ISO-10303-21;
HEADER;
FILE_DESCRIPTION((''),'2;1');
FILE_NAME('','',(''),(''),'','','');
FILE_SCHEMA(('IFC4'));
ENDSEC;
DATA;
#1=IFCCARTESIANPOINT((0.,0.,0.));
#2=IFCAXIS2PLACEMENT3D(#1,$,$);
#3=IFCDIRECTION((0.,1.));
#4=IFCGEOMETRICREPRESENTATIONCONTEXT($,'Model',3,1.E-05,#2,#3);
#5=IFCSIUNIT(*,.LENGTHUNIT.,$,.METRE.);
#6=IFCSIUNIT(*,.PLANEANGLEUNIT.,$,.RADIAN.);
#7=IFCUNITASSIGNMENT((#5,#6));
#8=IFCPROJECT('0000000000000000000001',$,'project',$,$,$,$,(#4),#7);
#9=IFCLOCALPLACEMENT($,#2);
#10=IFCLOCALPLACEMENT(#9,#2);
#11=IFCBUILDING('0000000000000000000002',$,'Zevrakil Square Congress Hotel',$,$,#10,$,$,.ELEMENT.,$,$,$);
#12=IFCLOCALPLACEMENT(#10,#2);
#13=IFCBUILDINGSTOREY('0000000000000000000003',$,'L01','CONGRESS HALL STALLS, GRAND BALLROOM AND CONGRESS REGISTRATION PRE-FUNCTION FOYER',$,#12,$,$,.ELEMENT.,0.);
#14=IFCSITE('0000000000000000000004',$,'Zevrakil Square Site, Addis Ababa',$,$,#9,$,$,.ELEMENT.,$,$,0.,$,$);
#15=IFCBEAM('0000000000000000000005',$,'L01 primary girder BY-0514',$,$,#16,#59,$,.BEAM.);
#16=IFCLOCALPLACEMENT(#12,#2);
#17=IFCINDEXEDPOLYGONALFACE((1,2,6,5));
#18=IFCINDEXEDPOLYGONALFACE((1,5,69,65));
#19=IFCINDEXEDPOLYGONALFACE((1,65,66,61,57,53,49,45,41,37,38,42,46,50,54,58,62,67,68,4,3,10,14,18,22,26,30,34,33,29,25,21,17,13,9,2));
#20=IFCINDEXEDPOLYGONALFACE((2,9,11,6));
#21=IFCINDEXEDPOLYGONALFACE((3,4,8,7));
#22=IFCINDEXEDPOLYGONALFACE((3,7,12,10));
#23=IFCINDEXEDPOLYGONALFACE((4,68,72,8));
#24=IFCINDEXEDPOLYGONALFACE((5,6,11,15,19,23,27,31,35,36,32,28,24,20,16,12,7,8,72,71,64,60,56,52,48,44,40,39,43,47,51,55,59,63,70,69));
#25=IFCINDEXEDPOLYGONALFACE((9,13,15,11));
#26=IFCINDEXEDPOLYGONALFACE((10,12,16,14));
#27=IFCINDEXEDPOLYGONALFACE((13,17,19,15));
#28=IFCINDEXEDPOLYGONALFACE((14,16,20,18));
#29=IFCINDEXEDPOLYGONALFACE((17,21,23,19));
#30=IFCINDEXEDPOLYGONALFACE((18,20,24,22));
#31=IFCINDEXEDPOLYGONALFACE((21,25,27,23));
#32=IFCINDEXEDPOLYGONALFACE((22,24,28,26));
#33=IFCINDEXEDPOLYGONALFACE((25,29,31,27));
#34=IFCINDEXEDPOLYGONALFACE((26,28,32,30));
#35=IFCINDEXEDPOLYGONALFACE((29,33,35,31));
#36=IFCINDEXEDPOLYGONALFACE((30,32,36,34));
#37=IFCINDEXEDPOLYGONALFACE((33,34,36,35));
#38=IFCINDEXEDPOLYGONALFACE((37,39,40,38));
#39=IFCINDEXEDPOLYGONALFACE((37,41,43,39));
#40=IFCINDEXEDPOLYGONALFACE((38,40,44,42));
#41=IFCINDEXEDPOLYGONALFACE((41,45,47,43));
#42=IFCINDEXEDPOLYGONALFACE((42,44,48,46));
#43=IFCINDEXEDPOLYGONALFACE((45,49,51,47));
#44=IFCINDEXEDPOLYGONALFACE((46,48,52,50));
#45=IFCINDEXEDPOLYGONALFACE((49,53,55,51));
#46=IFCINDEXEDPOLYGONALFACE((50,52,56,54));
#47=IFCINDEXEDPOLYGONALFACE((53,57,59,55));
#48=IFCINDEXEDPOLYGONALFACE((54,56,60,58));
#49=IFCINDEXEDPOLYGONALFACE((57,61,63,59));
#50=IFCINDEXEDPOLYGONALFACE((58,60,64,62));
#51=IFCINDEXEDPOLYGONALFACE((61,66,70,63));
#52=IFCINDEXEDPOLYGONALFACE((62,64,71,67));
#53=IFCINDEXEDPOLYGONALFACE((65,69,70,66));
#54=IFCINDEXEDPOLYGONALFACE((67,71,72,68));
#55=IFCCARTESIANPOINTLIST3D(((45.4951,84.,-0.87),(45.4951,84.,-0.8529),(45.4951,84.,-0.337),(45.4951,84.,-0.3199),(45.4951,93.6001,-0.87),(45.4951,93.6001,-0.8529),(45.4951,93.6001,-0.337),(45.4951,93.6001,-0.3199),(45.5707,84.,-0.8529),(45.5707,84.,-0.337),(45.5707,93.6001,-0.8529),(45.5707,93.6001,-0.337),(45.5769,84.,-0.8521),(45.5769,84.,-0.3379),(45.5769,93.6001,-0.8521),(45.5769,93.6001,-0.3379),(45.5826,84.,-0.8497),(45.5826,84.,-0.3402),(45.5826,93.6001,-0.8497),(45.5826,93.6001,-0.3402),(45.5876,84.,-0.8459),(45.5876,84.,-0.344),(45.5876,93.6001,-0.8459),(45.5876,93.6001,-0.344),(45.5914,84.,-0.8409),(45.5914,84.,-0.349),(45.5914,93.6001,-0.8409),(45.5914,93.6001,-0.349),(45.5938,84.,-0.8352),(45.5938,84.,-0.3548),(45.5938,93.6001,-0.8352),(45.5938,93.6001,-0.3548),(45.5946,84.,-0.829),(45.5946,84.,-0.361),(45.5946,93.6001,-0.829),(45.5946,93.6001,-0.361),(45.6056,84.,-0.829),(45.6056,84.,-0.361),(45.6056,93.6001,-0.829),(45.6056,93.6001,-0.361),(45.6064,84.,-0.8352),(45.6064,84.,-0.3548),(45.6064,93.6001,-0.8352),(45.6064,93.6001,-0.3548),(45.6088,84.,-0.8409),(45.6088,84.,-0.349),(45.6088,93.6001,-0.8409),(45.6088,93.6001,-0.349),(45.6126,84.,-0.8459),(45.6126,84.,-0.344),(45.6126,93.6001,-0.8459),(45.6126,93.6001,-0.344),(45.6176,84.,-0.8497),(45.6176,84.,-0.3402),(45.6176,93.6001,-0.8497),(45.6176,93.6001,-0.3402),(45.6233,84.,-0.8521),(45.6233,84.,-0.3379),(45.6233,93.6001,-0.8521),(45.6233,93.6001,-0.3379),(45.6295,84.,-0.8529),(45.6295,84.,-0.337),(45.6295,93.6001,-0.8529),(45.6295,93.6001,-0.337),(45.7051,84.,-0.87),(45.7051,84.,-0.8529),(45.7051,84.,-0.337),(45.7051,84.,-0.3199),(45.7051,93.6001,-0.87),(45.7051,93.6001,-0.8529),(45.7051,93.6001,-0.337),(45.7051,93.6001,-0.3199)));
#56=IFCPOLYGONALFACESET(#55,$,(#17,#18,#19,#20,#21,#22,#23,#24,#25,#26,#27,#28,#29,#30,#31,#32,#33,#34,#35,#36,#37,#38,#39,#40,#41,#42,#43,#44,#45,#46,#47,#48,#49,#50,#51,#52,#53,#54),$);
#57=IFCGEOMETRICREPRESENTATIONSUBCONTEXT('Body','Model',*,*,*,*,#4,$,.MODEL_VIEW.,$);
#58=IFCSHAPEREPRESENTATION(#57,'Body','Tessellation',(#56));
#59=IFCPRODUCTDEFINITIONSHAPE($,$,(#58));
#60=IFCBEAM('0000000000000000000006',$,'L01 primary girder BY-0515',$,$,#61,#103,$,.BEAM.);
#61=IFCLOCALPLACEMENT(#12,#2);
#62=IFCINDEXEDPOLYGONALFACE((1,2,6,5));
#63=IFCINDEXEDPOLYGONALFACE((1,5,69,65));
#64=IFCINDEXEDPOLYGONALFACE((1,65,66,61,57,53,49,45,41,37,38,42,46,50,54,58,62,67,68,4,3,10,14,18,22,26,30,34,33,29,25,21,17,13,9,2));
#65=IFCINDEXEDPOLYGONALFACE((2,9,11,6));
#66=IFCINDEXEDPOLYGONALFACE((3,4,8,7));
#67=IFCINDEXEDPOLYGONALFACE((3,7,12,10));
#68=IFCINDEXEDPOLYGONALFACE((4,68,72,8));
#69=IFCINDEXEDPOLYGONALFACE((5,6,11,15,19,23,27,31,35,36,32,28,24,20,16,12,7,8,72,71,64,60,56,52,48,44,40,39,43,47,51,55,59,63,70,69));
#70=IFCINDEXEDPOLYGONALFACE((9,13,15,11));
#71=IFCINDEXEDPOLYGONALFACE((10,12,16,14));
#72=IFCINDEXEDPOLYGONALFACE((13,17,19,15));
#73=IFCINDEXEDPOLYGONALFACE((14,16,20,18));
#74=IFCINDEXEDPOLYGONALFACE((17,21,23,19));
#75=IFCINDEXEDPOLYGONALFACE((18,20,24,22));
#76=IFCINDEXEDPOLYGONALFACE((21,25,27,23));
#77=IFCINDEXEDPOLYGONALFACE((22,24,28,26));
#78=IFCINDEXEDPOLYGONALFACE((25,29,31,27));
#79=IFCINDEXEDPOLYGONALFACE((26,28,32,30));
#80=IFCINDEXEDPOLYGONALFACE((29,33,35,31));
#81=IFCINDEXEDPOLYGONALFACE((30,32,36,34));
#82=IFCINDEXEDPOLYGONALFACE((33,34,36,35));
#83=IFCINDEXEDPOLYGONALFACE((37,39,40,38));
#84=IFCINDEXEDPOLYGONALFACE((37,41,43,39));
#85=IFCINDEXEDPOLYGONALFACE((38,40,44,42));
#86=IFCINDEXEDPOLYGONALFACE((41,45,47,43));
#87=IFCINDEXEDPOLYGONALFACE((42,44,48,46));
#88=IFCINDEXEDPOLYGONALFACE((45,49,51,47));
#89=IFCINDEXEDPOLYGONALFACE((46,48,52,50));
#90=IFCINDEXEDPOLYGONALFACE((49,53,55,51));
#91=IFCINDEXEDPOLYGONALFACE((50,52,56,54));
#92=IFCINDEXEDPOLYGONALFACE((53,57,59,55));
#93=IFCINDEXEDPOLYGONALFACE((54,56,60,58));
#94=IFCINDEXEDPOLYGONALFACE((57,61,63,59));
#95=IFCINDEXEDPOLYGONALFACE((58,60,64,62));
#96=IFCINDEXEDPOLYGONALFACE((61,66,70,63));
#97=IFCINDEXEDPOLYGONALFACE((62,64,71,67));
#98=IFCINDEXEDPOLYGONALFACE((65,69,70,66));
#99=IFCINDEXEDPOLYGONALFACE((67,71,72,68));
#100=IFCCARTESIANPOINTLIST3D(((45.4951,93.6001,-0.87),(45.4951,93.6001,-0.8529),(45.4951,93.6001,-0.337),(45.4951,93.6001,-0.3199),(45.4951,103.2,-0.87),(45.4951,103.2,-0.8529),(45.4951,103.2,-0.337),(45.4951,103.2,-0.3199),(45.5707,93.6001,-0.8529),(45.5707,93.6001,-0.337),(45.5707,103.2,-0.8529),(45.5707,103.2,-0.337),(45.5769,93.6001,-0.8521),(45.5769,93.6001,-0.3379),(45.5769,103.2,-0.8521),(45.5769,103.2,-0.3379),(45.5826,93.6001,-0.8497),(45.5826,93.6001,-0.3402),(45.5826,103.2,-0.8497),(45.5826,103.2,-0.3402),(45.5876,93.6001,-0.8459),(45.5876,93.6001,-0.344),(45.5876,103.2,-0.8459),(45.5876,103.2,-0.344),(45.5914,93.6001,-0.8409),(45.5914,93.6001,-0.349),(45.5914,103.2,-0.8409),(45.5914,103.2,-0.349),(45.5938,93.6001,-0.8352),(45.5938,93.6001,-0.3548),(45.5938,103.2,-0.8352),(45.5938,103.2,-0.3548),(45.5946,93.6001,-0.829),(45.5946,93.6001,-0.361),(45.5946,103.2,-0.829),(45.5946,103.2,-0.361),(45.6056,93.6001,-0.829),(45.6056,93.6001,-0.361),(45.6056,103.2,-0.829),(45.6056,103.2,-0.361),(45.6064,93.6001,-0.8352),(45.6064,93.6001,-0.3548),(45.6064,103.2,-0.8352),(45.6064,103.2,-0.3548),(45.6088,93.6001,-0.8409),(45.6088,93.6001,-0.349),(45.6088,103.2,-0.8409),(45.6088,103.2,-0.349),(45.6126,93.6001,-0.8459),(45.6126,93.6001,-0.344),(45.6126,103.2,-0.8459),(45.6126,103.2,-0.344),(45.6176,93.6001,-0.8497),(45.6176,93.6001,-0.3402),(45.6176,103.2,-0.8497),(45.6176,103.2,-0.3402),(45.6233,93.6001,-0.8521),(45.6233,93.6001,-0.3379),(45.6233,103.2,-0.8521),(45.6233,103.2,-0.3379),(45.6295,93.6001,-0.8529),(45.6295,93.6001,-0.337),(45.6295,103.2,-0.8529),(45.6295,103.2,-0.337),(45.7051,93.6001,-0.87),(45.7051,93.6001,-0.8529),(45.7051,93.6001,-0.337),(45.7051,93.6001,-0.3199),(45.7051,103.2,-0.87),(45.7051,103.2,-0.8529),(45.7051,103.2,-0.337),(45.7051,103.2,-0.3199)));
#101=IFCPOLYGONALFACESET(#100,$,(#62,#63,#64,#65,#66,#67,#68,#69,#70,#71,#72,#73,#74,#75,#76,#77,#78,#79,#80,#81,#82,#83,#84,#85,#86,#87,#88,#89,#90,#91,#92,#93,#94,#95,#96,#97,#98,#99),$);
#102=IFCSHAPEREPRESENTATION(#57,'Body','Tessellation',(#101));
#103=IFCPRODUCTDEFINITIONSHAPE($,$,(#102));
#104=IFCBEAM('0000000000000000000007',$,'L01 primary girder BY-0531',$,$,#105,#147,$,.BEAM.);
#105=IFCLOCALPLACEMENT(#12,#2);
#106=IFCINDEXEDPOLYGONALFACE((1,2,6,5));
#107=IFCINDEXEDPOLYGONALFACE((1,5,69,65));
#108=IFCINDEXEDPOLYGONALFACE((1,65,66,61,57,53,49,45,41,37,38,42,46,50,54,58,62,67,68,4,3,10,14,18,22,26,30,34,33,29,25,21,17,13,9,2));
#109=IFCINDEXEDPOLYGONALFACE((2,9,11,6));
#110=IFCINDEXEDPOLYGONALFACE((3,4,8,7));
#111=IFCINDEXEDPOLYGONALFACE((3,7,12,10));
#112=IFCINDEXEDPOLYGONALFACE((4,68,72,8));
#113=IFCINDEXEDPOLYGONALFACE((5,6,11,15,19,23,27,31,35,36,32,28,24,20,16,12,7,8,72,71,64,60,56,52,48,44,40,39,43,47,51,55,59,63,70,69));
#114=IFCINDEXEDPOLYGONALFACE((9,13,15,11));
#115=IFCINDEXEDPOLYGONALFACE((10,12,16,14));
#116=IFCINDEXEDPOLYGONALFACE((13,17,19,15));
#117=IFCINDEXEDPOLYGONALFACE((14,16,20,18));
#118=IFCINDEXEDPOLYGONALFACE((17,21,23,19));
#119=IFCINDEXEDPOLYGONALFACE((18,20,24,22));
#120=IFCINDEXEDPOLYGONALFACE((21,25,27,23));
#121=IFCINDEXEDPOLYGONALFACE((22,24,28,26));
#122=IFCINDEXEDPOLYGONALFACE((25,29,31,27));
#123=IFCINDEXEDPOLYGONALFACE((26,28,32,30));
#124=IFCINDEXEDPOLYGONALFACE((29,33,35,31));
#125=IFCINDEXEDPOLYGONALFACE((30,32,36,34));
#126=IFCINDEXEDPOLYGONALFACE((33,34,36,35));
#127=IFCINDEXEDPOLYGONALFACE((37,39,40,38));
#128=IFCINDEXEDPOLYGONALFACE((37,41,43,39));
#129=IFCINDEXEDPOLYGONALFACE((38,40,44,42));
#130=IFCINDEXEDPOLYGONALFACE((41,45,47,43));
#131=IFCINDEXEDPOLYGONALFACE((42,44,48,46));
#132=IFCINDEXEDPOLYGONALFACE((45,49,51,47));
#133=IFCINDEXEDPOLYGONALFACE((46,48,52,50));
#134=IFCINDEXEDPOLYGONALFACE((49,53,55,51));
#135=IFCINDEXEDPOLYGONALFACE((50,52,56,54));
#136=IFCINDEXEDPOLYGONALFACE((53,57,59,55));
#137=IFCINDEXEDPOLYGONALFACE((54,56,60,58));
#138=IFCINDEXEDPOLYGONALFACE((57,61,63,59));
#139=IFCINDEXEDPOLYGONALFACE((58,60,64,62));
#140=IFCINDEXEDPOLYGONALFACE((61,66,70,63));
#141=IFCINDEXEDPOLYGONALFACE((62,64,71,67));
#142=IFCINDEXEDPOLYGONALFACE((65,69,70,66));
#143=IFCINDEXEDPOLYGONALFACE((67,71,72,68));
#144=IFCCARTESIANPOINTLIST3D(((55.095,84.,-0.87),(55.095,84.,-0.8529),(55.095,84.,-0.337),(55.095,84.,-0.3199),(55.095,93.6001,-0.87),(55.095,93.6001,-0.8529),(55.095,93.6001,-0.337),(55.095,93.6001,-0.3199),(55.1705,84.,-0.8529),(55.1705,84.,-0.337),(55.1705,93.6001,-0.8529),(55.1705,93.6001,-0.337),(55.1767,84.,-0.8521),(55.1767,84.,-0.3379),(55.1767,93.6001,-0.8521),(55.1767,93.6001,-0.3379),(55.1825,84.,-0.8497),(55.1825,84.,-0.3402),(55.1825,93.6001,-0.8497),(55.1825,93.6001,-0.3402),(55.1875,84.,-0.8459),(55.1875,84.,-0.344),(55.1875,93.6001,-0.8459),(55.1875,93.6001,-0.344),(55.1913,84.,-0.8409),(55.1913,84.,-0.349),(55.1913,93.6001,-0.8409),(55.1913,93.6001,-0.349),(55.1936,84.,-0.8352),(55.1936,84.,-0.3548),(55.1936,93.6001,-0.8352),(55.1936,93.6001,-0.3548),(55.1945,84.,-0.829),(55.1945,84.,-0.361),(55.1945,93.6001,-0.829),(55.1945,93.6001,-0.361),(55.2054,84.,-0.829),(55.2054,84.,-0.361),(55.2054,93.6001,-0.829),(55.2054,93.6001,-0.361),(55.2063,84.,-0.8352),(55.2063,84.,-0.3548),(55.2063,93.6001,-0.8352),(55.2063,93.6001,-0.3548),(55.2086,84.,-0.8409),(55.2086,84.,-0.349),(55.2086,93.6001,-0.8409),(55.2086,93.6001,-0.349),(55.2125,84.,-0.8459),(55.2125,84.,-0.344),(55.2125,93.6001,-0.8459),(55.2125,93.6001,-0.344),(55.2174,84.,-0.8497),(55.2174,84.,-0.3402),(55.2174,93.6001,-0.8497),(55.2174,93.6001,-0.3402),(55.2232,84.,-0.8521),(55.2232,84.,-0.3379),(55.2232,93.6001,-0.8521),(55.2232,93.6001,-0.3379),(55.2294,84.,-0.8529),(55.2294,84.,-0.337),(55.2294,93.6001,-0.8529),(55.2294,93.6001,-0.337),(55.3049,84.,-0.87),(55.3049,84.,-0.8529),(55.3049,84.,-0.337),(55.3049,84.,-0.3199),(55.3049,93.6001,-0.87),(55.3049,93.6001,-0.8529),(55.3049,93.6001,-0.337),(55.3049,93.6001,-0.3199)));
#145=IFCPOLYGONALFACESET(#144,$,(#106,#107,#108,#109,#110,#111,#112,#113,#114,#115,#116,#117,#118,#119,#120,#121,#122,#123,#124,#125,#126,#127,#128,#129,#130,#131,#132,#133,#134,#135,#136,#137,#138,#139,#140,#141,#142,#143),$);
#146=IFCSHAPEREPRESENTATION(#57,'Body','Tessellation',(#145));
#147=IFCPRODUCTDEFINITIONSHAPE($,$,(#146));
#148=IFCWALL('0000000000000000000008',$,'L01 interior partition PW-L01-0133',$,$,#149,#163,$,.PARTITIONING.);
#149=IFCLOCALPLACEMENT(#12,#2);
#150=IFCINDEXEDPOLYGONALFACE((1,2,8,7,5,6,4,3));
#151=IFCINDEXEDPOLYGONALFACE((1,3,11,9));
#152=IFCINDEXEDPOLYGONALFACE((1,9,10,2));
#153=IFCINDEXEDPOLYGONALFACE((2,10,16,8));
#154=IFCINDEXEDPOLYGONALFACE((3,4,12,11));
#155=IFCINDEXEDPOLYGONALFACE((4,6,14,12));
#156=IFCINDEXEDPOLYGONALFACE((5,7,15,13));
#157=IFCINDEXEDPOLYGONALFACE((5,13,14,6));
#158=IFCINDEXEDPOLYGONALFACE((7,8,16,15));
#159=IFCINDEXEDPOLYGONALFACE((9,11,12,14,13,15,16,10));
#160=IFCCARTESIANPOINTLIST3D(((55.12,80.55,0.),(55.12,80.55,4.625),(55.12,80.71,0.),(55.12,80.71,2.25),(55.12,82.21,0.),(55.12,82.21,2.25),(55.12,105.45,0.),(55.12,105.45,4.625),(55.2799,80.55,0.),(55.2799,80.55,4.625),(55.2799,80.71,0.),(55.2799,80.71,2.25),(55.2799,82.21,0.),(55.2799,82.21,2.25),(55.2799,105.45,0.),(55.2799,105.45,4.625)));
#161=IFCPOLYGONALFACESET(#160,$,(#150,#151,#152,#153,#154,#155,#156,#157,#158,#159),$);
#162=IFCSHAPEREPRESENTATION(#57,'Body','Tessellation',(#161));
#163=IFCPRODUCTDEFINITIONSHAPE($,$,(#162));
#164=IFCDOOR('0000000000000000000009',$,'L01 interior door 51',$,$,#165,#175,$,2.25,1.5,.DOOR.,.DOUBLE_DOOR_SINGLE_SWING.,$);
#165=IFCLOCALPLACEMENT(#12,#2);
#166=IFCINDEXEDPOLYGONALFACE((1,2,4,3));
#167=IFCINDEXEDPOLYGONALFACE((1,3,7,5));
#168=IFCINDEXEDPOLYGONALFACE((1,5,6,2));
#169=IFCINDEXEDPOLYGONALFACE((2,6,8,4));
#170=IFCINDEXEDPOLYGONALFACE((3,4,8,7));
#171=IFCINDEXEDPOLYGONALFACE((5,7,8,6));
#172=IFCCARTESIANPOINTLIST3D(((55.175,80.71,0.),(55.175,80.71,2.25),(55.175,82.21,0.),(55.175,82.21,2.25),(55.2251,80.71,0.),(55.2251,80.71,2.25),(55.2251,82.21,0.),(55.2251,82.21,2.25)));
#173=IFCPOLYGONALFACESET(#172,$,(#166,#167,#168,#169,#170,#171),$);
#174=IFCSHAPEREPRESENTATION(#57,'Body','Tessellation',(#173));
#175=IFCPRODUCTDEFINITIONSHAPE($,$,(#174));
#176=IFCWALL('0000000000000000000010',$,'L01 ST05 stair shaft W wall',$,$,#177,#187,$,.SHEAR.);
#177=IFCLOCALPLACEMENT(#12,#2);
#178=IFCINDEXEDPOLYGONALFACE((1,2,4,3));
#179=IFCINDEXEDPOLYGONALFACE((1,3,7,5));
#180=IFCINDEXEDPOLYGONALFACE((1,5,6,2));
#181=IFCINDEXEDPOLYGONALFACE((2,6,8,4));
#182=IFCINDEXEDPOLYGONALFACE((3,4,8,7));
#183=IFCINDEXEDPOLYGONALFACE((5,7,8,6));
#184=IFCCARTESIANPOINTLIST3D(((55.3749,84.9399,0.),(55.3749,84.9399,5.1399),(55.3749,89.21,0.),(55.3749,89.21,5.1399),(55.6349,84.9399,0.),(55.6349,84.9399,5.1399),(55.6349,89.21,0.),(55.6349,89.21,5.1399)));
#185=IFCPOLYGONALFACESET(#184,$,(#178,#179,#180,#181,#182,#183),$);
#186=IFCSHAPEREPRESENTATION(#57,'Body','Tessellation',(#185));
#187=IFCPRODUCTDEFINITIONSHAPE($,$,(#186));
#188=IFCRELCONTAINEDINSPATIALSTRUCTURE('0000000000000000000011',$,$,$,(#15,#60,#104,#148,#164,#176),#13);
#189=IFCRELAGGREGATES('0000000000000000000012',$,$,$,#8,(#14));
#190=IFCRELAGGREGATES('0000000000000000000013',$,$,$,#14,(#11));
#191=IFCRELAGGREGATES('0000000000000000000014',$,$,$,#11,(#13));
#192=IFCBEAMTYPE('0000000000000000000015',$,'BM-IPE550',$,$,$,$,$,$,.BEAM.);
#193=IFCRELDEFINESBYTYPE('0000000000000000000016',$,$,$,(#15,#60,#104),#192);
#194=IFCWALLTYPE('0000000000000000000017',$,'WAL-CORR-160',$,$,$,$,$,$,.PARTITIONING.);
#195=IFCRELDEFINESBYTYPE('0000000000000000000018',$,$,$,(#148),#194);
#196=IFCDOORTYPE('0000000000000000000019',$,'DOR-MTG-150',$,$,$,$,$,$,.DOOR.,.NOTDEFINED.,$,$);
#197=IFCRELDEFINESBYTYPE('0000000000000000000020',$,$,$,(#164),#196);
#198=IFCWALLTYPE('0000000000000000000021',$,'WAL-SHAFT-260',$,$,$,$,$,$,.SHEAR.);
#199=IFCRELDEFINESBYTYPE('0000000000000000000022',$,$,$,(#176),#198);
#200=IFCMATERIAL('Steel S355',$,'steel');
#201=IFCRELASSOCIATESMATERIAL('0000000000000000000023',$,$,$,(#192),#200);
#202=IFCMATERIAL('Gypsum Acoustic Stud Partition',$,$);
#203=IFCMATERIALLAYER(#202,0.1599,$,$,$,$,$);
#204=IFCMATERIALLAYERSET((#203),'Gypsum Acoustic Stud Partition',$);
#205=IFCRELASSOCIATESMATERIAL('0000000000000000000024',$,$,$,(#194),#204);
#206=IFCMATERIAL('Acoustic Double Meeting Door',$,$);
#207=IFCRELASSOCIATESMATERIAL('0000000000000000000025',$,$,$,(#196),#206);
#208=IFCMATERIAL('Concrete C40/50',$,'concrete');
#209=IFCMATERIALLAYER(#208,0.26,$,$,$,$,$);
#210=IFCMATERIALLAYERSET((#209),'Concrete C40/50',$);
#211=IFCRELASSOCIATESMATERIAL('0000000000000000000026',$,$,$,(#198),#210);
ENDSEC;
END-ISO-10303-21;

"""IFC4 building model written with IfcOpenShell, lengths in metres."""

from ifc_helpers import new_model, si_unit, direction, frame, frame_2d, origin, origin_2d, place, context, subcontext, project, spatial, rectangle, i_section, extrude, material, layer, layer_set, material_profile, profile_set, type_object, element, fill, save


model = new_model("IFC4")

# Units and contexts
model_context = context("Model", 3, precision=1e-05, world=origin(), true_north=direction((0.0, 1.0)))
body_context = subcontext(model_context, "Body", "Model", "MODEL_VIEW")
ifc_project = project(units=[si_unit("LENGTHUNIT", "METRE"), si_unit("PLANEANGLEUNIT", "RADIAN")], contexts=[model_context])

# Site, building, storey
site_placement = place(None, origin())
site = spatial("IfcSite", under=ifc_project, at=site_placement, Name="Zevrakil Square Site, Addis Ababa", CompositionType="ELEMENT", RefElevation=0.0)
building_placement = place(site_placement, origin())
building = spatial("IfcBuilding", under=site, at=building_placement, Name="Zevrakil Square Congress Hotel", CompositionType="ELEMENT")
storey_placement = place(building_placement, origin())
storey = spatial("IfcBuildingStorey", under=building, at=storey_placement, Name="L01", Description="CONGRESS HALL STALLS, GRAND BALLROOM AND CONGRESS REGISTRATION PRE-FUNCTION FOYER", CompositionType="ELEMENT", Elevation=0.0)

# Beams
ifc_material_1 = material(Name="Steel S355", Category="steel")
ifc_material_profile_1 = material_profile(ifc_material_1, i_section(OverallWidth=0.21, OverallDepth=0.55, WebThickness=0.011, FlangeThickness=0.0171, FilletRadius=0.0239, at=origin_2d()), Name="IPE 550")
ifc_profile_set_1 = profile_set([ifc_material_profile_1], Name="Steel S355")
beam_type_1 = type_object("IfcBeamType", Name="BM-IPE550", PredefinedType="BEAM", material=ifc_profile_set_1)
beam_1_placement = place(storey_placement, frame((45.6001, 84.0, -0.595), z_axis=(0.0, 1.0, 0.0), x_axis=(-1.0, 0.0, 0.0)))
element("IfcBeam", 1, at=beam_1_placement, inside=storey, type_object=beam_type_1, Name="L01 primary girder BY-0514", PredefinedType="BEAM", context=body_context, shape_type="SweptSolid", body=[
    extrude(i_section(OverallWidth=0.21, OverallDepth=0.55, WebThickness=0.011, FlangeThickness=0.0171, FilletRadius=0.0239, at=origin_2d()), origin(), (0.0, 0.0, 1.0), 9.6001),
])
beam_2_placement = place(storey_placement, frame((45.6001, 93.6001, -0.595), z_axis=(0.0, 1.0, 0.0), x_axis=(-1.0, 0.0, 0.0)))
element("IfcBeam", 2, at=beam_2_placement, inside=storey, type_object=beam_type_1, Name="L01 primary girder BY-0515", PredefinedType="BEAM", context=body_context, shape_type="SweptSolid", body=[
    extrude(i_section(OverallWidth=0.21, OverallDepth=0.55, WebThickness=0.011, FlangeThickness=0.0171, FilletRadius=0.0239, at=origin_2d()), origin(), (0.0, 0.0, 1.0), 9.5999),
])
beam_3_placement = place(storey_placement, frame((55.2, 84.0, -0.595), z_axis=(0.0, 1.0, 0.0), x_axis=(-1.0, 0.0, 0.0)))
element("IfcBeam", 3, at=beam_3_placement, inside=storey, type_object=beam_type_1, Name="L01 primary girder BY-0531", PredefinedType="BEAM", context=body_context, shape_type="SweptSolid", body=[
    extrude(i_section(OverallWidth=0.21, OverallDepth=0.55, WebThickness=0.011, FlangeThickness=0.0171, FilletRadius=0.0239, at=origin_2d()), origin(), (0.0, 0.0, 1.0), 9.6001),
])

# Wall, opening, door
ifc_material_2 = material(Name="Gypsum Acoustic Stud Partition")
ifc_layer_1 = layer(ifc_material_2, 0.1599)
ifc_layer_set_1 = layer_set([ifc_layer_1], Name="Gypsum Acoustic Stud Partition")
wall_type_1 = type_object("IfcWallType", Name="WAL-CORR-160", PredefinedType="PARTITIONING", material=ifc_layer_set_1)
wall_1_placement = place(storey_placement, frame((55.2, 80.55, 0.0), z_axis=(0.0, 0.0, 1.0), x_axis=(0.0, 1.0, 0.0)))
wall_1 = element("IfcWall", 4, at=wall_1_placement, inside=storey, type_object=wall_type_1, Name="L01 interior partition PW-L01-0133", PredefinedType="PARTITIONING", context=body_context, shape_type="SweptSolid", body=[
    extrude(rectangle(XDim=24.8999, YDim=0.1599, at=frame_2d((12.45, 0.0))), origin(), (0.0, 0.0, 1.0), 4.625),
])
opening_1_placement = place(wall_1_placement, frame((0.1599, 0.0, 0.0)))
opening_1 = element("IfcOpeningElement", 5, at=opening_1_placement, cuts=wall_1, PredefinedType="OPENING", context=body_context, shape_type="SweptSolid", body=[
    extrude(rectangle(XDim=1.5, YDim=2.25, at=frame_2d((0.75, 1.125))), frame((0.0, 0.0898, 0.0), z_axis=(0.0, -1.0, 0.0), x_axis=(1.0, 0.0, 0.0)), (0.0, 0.0, 1.0), 0.1799),
])
ifc_material_3 = material(Name="Acoustic Double Meeting Door")
door_type_1 = type_object("IfcDoorType", Name="DOR-MTG-150", OperationType="NOTDEFINED", PredefinedType="DOOR", material=ifc_material_3)
door_1_placement = place(opening_1_placement, origin())
door_1 = element("IfcDoor", 6, at=door_1_placement, inside=storey, type_object=door_type_1, Name="L01 interior door 51", OperationType="DOUBLE_DOOR_SINGLE_SWING", OverallHeight=2.25, OverallWidth=1.5, PredefinedType="DOOR", context=body_context, shape_type="SweptSolid", body=[
    extrude(rectangle(XDim=1.5, YDim=2.25, at=frame_2d((0.75, 1.125))), frame((0.0, 0.0249, 0.0), z_axis=(0.0, -1.0, 0.0), x_axis=(1.0, 0.0, 0.0)), (0.0, 0.0, 1.0), 0.05),
])
fill(opening_1, door_1)

# Wall
ifc_material_4 = material(Name="Concrete C40/50", Category="concrete")
ifc_layer_2 = layer(ifc_material_4, 0.26)
ifc_layer_set_2 = layer_set([ifc_layer_2], Name="Concrete C40/50")
wall_type_2 = type_object("IfcWallType", Name="WAL-SHAFT-260", PredefinedType="SHEAR", material=ifc_layer_set_2)
wall_2_placement = place(storey_placement, frame((55.5049, 84.9399, 0.0), z_axis=(0.0, 0.0, 1.0), x_axis=(0.0, 1.0, 0.0)))
element("IfcWall", 7, at=wall_2_placement, inside=storey, type_object=wall_type_2, Name="L01 ST05 stair shaft W wall", PredefinedType="SHEAR", context=body_context, shape_type="SweptSolid", body=[
    extrude(rectangle(XDim=4.27, YDim=0.26, at=frame_2d((2.135, 0.0))), origin(), (0.0, 0.0, 1.0), 5.1399),
])

save(model, "model.ifc")
